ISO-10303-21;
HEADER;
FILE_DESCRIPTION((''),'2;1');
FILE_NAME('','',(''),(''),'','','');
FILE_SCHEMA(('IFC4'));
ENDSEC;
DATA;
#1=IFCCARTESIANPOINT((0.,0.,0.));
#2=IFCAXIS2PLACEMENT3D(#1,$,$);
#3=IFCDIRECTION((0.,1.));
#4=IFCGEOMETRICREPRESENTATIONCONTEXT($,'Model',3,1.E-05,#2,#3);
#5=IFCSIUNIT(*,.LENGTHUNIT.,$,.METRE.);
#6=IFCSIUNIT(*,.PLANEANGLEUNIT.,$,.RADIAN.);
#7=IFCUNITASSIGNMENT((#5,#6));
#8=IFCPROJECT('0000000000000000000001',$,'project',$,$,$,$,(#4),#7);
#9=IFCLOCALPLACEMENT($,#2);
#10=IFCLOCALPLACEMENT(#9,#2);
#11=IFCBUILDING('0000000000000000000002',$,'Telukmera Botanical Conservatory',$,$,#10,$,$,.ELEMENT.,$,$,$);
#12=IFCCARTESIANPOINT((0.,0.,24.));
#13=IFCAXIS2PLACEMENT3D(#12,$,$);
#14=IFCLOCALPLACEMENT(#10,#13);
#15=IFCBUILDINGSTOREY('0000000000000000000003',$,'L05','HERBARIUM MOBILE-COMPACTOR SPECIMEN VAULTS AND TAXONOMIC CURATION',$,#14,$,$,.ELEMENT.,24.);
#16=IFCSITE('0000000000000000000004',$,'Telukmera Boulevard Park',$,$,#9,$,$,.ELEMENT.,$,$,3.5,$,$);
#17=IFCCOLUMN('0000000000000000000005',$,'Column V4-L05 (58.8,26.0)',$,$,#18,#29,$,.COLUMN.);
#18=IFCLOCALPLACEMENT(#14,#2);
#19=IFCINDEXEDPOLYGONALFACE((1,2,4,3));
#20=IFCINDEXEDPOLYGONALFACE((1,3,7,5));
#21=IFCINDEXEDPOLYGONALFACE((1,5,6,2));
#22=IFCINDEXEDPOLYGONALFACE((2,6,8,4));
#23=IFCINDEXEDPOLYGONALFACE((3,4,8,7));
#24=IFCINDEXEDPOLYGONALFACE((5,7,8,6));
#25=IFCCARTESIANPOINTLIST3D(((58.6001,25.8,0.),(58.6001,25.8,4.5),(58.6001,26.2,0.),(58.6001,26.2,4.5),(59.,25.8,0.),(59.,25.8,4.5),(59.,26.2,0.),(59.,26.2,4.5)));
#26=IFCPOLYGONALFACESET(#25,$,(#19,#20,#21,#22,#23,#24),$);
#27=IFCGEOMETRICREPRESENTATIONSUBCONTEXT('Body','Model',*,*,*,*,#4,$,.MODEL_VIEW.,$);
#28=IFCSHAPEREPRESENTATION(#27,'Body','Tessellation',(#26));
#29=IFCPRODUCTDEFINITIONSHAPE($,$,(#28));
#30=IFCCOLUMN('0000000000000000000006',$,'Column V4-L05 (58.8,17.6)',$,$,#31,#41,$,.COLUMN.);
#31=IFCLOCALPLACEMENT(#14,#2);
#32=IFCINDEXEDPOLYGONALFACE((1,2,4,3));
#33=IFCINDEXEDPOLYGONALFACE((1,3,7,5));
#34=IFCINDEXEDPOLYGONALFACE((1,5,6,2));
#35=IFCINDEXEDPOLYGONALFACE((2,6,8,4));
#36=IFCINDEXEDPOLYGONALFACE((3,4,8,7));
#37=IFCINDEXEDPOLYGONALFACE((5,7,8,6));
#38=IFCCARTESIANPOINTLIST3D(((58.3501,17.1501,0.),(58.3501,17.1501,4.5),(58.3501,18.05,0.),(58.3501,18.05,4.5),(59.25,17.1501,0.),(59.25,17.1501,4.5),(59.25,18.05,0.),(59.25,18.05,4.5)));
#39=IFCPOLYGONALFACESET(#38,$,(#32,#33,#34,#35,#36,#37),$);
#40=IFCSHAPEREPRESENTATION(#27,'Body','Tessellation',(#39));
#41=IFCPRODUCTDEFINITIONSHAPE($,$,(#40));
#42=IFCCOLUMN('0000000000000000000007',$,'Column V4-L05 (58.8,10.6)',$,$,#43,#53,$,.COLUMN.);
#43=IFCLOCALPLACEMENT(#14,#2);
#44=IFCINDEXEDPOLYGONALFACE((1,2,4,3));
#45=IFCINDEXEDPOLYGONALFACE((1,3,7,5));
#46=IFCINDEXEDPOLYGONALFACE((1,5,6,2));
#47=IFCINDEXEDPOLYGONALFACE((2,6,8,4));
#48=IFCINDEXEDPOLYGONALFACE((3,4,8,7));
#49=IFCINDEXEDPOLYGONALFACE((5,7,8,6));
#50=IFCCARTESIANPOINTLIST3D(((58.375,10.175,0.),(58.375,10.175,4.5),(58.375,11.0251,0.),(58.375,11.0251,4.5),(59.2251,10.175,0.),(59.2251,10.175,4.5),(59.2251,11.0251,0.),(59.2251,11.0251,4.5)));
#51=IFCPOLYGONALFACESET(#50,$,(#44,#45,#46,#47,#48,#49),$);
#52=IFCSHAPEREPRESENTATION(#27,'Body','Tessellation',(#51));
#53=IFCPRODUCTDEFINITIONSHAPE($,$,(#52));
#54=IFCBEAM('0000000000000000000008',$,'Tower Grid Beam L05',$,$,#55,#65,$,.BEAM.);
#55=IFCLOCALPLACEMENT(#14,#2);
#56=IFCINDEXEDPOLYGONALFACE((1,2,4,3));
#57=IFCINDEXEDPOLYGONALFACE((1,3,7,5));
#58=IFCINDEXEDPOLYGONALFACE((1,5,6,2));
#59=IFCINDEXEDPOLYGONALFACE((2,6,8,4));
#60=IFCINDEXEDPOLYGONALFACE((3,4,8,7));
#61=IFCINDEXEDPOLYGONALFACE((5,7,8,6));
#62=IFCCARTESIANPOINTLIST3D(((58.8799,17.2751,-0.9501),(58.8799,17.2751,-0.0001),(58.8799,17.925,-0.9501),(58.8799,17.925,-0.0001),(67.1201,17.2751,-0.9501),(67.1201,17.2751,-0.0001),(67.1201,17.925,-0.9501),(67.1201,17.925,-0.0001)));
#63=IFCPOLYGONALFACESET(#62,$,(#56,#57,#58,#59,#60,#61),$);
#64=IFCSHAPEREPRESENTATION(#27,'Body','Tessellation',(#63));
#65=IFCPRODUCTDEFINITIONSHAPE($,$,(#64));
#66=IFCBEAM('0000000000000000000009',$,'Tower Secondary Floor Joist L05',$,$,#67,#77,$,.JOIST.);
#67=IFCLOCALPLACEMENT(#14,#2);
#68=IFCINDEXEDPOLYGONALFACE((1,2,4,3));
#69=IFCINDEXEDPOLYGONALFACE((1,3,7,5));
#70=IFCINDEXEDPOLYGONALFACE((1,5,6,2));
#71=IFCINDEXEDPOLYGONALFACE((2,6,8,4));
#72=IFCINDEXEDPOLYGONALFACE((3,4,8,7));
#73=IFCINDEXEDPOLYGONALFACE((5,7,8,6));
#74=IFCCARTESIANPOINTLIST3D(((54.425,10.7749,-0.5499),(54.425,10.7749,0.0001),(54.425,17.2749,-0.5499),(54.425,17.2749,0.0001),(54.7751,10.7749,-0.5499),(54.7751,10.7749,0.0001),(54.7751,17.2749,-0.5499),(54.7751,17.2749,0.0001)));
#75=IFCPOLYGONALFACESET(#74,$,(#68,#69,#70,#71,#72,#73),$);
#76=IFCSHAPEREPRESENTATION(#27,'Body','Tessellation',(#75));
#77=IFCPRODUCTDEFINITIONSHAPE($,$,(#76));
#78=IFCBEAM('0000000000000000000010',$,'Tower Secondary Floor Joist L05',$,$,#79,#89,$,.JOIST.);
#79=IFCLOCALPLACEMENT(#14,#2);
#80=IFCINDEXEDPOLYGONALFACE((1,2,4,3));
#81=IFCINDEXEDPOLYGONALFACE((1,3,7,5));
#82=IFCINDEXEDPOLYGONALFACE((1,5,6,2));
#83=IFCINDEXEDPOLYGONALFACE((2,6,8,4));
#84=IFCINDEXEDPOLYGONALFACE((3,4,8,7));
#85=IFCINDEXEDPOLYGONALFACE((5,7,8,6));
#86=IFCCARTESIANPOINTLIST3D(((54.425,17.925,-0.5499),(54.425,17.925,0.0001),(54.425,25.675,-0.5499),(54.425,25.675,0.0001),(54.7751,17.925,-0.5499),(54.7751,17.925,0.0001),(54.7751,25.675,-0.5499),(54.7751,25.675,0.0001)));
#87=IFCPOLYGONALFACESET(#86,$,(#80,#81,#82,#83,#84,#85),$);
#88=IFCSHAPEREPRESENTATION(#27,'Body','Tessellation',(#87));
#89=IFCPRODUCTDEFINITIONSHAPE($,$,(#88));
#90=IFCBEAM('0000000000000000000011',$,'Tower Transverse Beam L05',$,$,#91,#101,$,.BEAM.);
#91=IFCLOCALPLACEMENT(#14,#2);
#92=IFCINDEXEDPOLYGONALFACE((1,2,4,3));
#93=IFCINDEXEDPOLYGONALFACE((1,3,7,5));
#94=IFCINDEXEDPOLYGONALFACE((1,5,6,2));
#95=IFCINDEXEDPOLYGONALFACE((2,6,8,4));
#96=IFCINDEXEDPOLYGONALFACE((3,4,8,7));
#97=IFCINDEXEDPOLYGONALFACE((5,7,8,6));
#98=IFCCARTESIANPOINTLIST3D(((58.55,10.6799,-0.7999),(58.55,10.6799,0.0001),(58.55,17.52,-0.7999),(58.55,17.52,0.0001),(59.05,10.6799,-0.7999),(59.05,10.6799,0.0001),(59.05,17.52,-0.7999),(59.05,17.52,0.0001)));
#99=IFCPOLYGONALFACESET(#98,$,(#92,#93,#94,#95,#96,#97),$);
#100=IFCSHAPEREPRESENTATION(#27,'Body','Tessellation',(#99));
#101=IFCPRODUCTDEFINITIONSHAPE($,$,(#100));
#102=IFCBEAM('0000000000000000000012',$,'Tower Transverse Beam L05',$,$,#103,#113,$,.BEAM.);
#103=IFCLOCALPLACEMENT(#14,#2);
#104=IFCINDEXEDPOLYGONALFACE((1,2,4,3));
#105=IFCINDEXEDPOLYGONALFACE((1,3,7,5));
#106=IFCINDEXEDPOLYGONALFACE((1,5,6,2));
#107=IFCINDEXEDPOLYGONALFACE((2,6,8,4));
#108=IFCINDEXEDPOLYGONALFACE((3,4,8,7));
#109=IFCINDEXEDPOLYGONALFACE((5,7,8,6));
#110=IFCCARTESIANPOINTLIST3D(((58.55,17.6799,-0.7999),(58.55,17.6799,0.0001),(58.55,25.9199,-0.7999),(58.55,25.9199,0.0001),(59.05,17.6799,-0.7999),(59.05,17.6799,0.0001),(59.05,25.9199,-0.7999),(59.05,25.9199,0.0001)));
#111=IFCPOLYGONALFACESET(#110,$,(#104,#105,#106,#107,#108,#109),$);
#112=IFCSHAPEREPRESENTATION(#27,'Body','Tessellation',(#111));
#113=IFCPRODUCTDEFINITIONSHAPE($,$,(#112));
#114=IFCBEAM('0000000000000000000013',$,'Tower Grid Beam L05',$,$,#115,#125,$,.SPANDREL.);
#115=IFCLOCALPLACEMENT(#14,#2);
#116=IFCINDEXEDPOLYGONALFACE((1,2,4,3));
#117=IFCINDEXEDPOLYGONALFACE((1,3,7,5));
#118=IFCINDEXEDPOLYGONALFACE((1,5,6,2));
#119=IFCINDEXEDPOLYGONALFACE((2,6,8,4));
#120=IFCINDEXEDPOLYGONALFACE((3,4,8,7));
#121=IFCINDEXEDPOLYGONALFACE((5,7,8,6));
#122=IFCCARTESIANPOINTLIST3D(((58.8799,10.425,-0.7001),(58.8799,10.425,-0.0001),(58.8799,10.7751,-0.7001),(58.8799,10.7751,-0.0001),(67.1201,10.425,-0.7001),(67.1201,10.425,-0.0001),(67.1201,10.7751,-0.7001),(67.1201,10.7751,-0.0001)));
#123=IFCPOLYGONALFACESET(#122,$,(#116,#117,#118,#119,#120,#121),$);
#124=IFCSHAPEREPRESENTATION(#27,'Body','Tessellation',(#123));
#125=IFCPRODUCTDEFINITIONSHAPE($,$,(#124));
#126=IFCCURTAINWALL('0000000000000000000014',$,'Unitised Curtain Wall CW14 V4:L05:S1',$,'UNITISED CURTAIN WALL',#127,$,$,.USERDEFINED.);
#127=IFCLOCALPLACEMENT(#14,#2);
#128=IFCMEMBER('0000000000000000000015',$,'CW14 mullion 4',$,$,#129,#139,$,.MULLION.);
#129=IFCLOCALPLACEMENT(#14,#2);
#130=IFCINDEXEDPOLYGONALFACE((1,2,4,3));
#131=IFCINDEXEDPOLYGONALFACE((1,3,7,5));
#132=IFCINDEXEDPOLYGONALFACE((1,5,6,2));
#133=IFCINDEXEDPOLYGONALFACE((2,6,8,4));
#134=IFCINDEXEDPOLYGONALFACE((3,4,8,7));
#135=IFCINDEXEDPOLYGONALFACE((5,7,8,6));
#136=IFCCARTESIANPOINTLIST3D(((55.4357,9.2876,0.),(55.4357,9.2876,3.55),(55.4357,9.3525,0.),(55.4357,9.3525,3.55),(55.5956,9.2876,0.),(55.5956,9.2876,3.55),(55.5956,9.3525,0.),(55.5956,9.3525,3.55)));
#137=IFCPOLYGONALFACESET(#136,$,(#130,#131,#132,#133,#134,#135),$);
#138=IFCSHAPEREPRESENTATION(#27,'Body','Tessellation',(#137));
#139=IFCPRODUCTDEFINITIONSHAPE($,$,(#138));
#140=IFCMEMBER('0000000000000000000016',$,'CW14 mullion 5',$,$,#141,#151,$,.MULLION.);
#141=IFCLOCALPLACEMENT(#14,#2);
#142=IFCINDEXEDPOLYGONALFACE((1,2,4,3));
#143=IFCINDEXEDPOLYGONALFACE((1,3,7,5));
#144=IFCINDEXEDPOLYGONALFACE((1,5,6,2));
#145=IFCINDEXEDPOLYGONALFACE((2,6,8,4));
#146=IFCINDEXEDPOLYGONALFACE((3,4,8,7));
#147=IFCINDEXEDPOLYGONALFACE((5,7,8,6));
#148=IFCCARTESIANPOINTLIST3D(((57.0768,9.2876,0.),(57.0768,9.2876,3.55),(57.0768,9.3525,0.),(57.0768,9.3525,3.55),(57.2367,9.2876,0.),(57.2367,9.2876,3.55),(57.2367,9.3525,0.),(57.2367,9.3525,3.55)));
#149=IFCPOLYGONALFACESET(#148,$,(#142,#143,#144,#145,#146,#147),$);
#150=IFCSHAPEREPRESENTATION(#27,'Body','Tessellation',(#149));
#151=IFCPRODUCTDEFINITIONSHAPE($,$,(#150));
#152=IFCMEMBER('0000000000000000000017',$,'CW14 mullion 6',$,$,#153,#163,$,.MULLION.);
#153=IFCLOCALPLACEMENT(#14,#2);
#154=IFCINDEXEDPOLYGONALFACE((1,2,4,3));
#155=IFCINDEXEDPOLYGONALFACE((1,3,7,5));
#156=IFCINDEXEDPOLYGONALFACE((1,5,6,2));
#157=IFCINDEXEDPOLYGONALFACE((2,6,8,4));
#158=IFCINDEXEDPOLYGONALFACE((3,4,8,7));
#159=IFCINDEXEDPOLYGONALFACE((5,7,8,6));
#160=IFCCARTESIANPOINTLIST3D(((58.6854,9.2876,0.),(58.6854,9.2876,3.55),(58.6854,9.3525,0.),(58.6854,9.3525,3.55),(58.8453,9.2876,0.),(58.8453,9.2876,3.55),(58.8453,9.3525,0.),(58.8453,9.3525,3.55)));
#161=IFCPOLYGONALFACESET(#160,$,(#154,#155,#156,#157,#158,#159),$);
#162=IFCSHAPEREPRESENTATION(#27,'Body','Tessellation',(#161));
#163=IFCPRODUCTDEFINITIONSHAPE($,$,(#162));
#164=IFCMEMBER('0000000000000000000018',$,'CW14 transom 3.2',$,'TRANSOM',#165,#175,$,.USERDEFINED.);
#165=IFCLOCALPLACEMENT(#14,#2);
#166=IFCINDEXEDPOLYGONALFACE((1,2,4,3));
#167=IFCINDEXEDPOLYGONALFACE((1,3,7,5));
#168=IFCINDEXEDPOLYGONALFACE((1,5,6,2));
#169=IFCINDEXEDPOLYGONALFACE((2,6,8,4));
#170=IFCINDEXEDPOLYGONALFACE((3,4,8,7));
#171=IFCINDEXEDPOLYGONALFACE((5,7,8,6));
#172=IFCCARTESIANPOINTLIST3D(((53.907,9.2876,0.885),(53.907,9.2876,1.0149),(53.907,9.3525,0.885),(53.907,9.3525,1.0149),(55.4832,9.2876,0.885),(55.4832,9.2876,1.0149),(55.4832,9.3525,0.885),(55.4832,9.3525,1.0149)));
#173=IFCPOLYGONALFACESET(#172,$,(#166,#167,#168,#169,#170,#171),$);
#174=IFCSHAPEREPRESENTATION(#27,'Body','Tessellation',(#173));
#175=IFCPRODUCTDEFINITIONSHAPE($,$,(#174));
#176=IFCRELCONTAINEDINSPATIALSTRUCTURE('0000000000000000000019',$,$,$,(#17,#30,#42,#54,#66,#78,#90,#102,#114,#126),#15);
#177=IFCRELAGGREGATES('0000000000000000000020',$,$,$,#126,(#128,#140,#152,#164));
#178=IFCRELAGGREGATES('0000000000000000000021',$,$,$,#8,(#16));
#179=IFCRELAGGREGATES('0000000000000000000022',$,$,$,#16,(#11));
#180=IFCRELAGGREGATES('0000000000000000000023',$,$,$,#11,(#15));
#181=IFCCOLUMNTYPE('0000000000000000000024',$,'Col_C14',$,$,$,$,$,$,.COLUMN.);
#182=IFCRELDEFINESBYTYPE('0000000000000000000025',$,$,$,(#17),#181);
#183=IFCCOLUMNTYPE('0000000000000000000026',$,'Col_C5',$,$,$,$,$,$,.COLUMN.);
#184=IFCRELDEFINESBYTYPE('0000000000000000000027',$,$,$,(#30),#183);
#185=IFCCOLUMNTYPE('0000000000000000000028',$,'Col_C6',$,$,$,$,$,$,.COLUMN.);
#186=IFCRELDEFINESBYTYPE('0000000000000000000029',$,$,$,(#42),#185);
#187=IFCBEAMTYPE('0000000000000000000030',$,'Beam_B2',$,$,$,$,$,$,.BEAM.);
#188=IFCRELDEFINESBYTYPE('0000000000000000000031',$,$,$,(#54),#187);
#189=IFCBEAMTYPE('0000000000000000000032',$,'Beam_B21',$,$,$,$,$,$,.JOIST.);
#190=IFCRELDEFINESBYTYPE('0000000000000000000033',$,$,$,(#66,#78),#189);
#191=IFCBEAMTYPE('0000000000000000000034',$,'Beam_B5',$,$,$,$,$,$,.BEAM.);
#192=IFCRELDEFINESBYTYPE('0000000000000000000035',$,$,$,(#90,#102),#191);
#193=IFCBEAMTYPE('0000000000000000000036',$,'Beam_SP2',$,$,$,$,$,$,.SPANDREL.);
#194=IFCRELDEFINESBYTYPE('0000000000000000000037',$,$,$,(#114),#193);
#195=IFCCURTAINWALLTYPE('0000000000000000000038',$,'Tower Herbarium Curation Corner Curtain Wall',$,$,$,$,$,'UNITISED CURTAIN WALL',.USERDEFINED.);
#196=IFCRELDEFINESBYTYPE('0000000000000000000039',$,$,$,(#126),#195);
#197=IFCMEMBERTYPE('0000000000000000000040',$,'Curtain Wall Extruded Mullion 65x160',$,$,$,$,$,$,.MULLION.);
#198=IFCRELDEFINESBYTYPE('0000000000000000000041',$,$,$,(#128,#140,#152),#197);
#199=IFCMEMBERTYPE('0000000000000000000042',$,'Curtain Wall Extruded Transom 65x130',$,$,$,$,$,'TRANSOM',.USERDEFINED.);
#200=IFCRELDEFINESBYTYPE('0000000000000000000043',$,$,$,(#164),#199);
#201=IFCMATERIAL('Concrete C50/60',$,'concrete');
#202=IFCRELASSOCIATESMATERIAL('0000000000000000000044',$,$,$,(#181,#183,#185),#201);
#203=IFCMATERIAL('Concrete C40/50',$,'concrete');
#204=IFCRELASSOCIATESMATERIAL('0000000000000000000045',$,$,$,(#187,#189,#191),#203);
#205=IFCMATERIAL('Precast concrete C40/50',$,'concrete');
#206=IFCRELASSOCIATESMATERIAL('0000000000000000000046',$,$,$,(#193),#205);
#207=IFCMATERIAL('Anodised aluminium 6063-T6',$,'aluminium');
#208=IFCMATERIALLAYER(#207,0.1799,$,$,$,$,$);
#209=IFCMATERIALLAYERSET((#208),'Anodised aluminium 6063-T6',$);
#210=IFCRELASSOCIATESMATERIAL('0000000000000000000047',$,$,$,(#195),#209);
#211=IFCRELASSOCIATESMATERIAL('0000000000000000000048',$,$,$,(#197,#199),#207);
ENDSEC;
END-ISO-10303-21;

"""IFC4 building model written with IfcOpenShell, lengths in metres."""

from ifc_helpers import new_model, si_unit, direction, frame, origin, origin_2d, place, context, subcontext, project, spatial, rectangle, extrude, material, layer, layer_set, material_profile, profile_set, type_object, element, aggregate, save


model = new_model("IFC4")

# Units and contexts
model_context = context("Model", 3, precision=1e-05, world=origin(), true_north=direction((0.0, 1.0)))
body_context = subcontext(model_context, "Body", "Model", "MODEL_VIEW")
ifc_project = project(units=[si_unit("LENGTHUNIT", "METRE"), si_unit("PLANEANGLEUNIT", "RADIAN")], contexts=[model_context])

# Site, building, storey
site_placement = place(None, origin())
site = spatial("IfcSite", under=ifc_project, at=site_placement, Name="Telukmera Boulevard Park", CompositionType="ELEMENT", RefElevation=3.5)
building_placement = place(site_placement, origin())
building = spatial("IfcBuilding", under=site, at=building_placement, Name="Telukmera Botanical Conservatory", CompositionType="ELEMENT")
storey_placement = place(building_placement, frame((0.0, 0.0, 24.0)))
storey = spatial("IfcBuildingStorey", under=building, at=storey_placement, Name="L05", Description="HERBARIUM MOBILE-COMPACTOR SPECIMEN VAULTS AND TAXONOMIC CURATION", CompositionType="ELEMENT", Elevation=24.0)

# Columns
ifc_material_1 = material(Name="Concrete C50/60", Category="concrete")
ifc_material_profile_1 = material_profile(ifc_material_1, rectangle(XDim=0.3999, YDim=0.3999, at=origin_2d()), Name="RC 400x400")
ifc_profile_set_1 = profile_set([ifc_material_profile_1], Name="Concrete C50/60")
column_type_1 = type_object("IfcColumnType", Name="Col_C14", PredefinedType="COLUMN", material=ifc_profile_set_1)
column_1_placement = place(storey_placement, frame((58.8, 26.0, 0.0), z_axis=(0.0, 0.0, 1.0), x_axis=(1.0, 0.0, 0.0)))
element("IfcColumn", 1, at=column_1_placement, inside=storey, type_object=column_type_1, Name="Column V4-L05 (58.8,26.0)", PredefinedType="COLUMN", context=body_context, shape_type="SweptSolid", body=[
    extrude(rectangle(XDim=0.3999, YDim=0.3999, at=origin_2d()), origin(), (0.0, 0.0, 1.0), 4.5),
])
ifc_material_profile_2 = material_profile(ifc_material_1, rectangle(XDim=0.8999, YDim=0.8999, at=origin_2d()), Name="RC 900x900")
ifc_profile_set_2 = profile_set([ifc_material_profile_2], Name="Concrete C50/60")
column_type_2 = type_object("IfcColumnType", Name="Col_C5", PredefinedType="COLUMN", material=ifc_profile_set_2)
column_2_placement = place(storey_placement, frame((58.8, 17.6001, 0.0), z_axis=(0.0, 0.0, 1.0), x_axis=(1.0, 0.0, 0.0)))
element("IfcColumn", 2, at=column_2_placement, inside=storey, type_object=column_type_2, Name="Column V4-L05 (58.8,17.6)", PredefinedType="COLUMN", context=body_context, shape_type="SweptSolid", body=[
    extrude(rectangle(XDim=0.8999, YDim=0.8999, at=origin_2d()), origin(), (0.0, 0.0, 1.0), 4.5),
])
ifc_material_profile_3 = material_profile(ifc_material_1, rectangle(XDim=0.8501, YDim=0.8501, at=origin_2d()), Name="RC 850x850")
ifc_profile_set_3 = profile_set([ifc_material_profile_3], Name="Concrete C50/60")
column_type_3 = type_object("IfcColumnType", Name="Col_C6", PredefinedType="COLUMN", material=ifc_profile_set_3)
column_3_placement = place(storey_placement, frame((58.8, 10.6001, 0.0), z_axis=(0.0, 0.0, 1.0), x_axis=(1.0, 0.0, 0.0)))
element("IfcColumn", 3, at=column_3_placement, inside=storey, type_object=column_type_3, Name="Column V4-L05 (58.8,10.6)", PredefinedType="COLUMN", context=body_context, shape_type="SweptSolid", body=[
    extrude(rectangle(XDim=0.8501, YDim=0.8501, at=origin_2d()), origin(), (0.0, 0.0, 1.0), 4.5),
])

# Beams
ifc_material_2 = material(Name="Concrete C40/50", Category="concrete")
ifc_material_profile_4 = material_profile(ifc_material_2, rectangle(XDim=0.6499, YDim=0.95, at=origin_2d()), Name="RC 650x950")
ifc_profile_set_4 = profile_set([ifc_material_profile_4], Name="Concrete C40/50")
beam_type_1 = type_object("IfcBeamType", Name="Beam_B2", PredefinedType="BEAM", material=ifc_profile_set_4)
beam_1_placement = place(storey_placement, frame((58.8799, 17.6001, -0.4751), z_axis=(1.0, 0.0, 0.0), x_axis=(0.0, 1.0, 0.0)))
element("IfcBeam", 4, at=beam_1_placement, inside=storey, type_object=beam_type_1, Name="Tower Grid Beam L05", PredefinedType="BEAM", context=body_context, shape_type="SweptSolid", body=[
    extrude(rectangle(XDim=0.6499, YDim=0.95, at=origin_2d()), origin(), (0.0, 0.0, 1.0), 8.2402),
])
ifc_material_profile_5 = material_profile(ifc_material_2, rectangle(XDim=0.3501, YDim=0.55, at=origin_2d()), Name="RC 350x550")
ifc_profile_set_5 = profile_set([ifc_material_profile_5], Name="Concrete C40/50")
beam_type_2 = type_object("IfcBeamType", Name="Beam_B21", PredefinedType="JOIST", material=ifc_profile_set_5)
beam_2_placement = place(storey_placement, frame((54.6001, 10.7749, -0.2749), z_axis=(0.0, 1.0, 0.0), x_axis=(-1.0, 0.0, 0.0)))
element("IfcBeam", 5, at=beam_2_placement, inside=storey, type_object=beam_type_2, Name="Tower Secondary Floor Joist L05", PredefinedType="JOIST", context=body_context, shape_type="SweptSolid", body=[
    extrude(rectangle(XDim=0.3501, YDim=0.55, at=origin_2d()), origin(), (0.0, 0.0, 1.0), 6.5),
])
beam_3_placement = place(storey_placement, frame((54.6001, 17.925, -0.2749), z_axis=(0.0, 1.0, 0.0), x_axis=(-1.0, 0.0, 0.0)))
element("IfcBeam", 6, at=beam_3_placement, inside=storey, type_object=beam_type_2, Name="Tower Secondary Floor Joist L05", PredefinedType="JOIST", context=body_context, shape_type="SweptSolid", body=[
    extrude(rectangle(XDim=0.3501, YDim=0.55, at=origin_2d()), origin(), (0.0, 0.0, 1.0), 7.75),
])
ifc_material_profile_6 = material_profile(ifc_material_2, rectangle(XDim=0.5, YDim=0.8, at=origin_2d()), Name="RC 500x800")
ifc_profile_set_6 = profile_set([ifc_material_profile_6], Name="Concrete C40/50")
beam_type_3 = type_object("IfcBeamType", Name="Beam_B5", PredefinedType="BEAM", material=ifc_profile_set_6)
beam_4_placement = place(storey_placement, frame((58.8, 10.6799, -0.3999), z_axis=(0.0, 1.0, 0.0), x_axis=(-1.0, 0.0, 0.0)))
element("IfcBeam", 7, at=beam_4_placement, inside=storey, type_object=beam_type_3, Name="Tower Transverse Beam L05", PredefinedType="BEAM", context=body_context, shape_type="SweptSolid", body=[
    extrude(rectangle(XDim=0.5, YDim=0.8, at=origin_2d()), origin(), (0.0, 0.0, 1.0), 6.8401),
])
beam_5_placement = place(storey_placement, frame((58.8, 17.6799, -0.3999), z_axis=(0.0, 1.0, 0.0), x_axis=(-1.0, 0.0, 0.0)))
element("IfcBeam", 8, at=beam_5_placement, inside=storey, type_object=beam_type_3, Name="Tower Transverse Beam L05", PredefinedType="BEAM", context=body_context, shape_type="SweptSolid", body=[
    extrude(rectangle(XDim=0.5, YDim=0.8, at=origin_2d()), origin(), (0.0, 0.0, 1.0), 8.24),
])
ifc_material_3 = material(Name="Precast concrete C40/50", Category="concrete")
ifc_material_profile_7 = material_profile(ifc_material_3, rectangle(XDim=0.3501, YDim=0.7, at=origin_2d()), Name="PC 350x700")
ifc_profile_set_7 = profile_set([ifc_material_profile_7], Name="Precast concrete C40/50")
beam_type_4 = type_object("IfcBeamType", Name="Beam_SP2", PredefinedType="SPANDREL", material=ifc_profile_set_7)
beam_6_placement = place(storey_placement, frame((58.8799, 10.6001, -0.3501), z_axis=(1.0, 0.0, 0.0), x_axis=(0.0, 1.0, 0.0)))
element("IfcBeam", 9, at=beam_6_placement, inside=storey, type_object=beam_type_4, Name="Tower Grid Beam L05", PredefinedType="SPANDREL", context=body_context, shape_type="SweptSolid", body=[
    extrude(rectangle(XDim=0.3501, YDim=0.7, at=origin_2d()), origin(), (0.0, 0.0, 1.0), 8.2402),
])

# Curtain wall, members
ifc_material_4 = material(Name="Anodised aluminium 6063-T6", Category="aluminium")
ifc_layer_1 = layer(ifc_material_4, 0.1799)
ifc_layer_set_1 = layer_set([ifc_layer_1], Name="Anodised aluminium 6063-T6")
curtain_wall_type = type_object("IfcCurtainWallType", Name="Tower Herbarium Curation Corner Curtain Wall", ElementType="UNITISED CURTAIN WALL", PredefinedType="USERDEFINED", material=ifc_layer_set_1)
curtain_wall_placement = place(storey_placement, origin())
curtain_wall = element("IfcCurtainWall", 10, at=curtain_wall_placement, inside=storey, type_object=curtain_wall_type, Name="Unitised Curtain Wall CW14 V4:L05:S1", ObjectType="UNITISED CURTAIN WALL", PredefinedType="USERDEFINED")
ifc_material_profile_8 = material_profile(ifc_material_4, rectangle(XDim=0.0649, YDim=0.1599, at=origin_2d()), Name="ALU MULL 65x160")
ifc_profile_set_8 = profile_set([ifc_material_profile_8], Name="Anodised aluminium 6063-T6")
member_type_1 = type_object("IfcMemberType", Name="Curtain Wall Extruded Mullion 65x160", PredefinedType="MULLION", material=ifc_profile_set_8)
member_1_placement = place(storey_placement, frame((55.5156, 9.3201, 0.0), z_axis=(0.0, 0.0, 1.0), x_axis=(0.0, 1.0, 0.0)))
member_1 = element("IfcMember", 11, at=member_1_placement, type_object=member_type_1, Name="CW14 mullion 4", PredefinedType="MULLION", context=body_context, shape_type="SweptSolid", body=[
    extrude(rectangle(XDim=0.0649, YDim=0.1599, at=origin_2d()), origin(), (0.0, 0.0, 1.0), 3.55),
])
member_2_placement = place(storey_placement, frame((57.1567, 9.3201, 0.0), z_axis=(0.0, 0.0, 1.0), x_axis=(0.0, 1.0, 0.0)))
member_2 = element("IfcMember", 12, at=member_2_placement, type_object=member_type_1, Name="CW14 mullion 5", PredefinedType="MULLION", context=body_context, shape_type="SweptSolid", body=[
    extrude(rectangle(XDim=0.0649, YDim=0.1599, at=origin_2d()), origin(), (0.0, 0.0, 1.0), 3.55),
])
member_3_placement = place(storey_placement, frame((58.7654, 9.3201, 0.0), z_axis=(0.0, 0.0, 1.0), x_axis=(0.0, 1.0, 0.0)))
member_3 = element("IfcMember", 13, at=member_3_placement, type_object=member_type_1, Name="CW14 mullion 6", PredefinedType="MULLION", context=body_context, shape_type="SweptSolid", body=[
    extrude(rectangle(XDim=0.0649, YDim=0.1599, at=origin_2d()), origin(), (0.0, 0.0, 1.0), 3.55),
])
ifc_material_profile_9 = material_profile(ifc_material_4, rectangle(XDim=0.0649, YDim=0.1299, at=origin_2d()), Name="ALU TRAN 65x130")
ifc_profile_set_9 = profile_set([ifc_material_profile_9], Name="Anodised aluminium 6063-T6")
member_type_2 = type_object("IfcMemberType", Name="Curtain Wall Extruded Transom 65x130", ElementType="TRANSOM", PredefinedType="USERDEFINED", material=ifc_profile_set_9)
member_4_placement = place(storey_placement, frame((53.907, 9.3201, 0.95), z_axis=(1.0, 0.0, 0.0), x_axis=(0.0, 1.0, 0.0)))
member_4 = element("IfcMember", 14, at=member_4_placement, type_object=member_type_2, Name="CW14 transom 3.2", ObjectType="TRANSOM", PredefinedType="USERDEFINED", context=body_context, shape_type="SweptSolid", body=[
    extrude(rectangle(XDim=0.0649, YDim=0.1299, at=origin_2d()), origin(), (0.0, 0.0, 1.0), 1.5762),
])
aggregate(curtain_wall, [member_1, member_2, member_3, member_4])

save(model, "model.ifc")
